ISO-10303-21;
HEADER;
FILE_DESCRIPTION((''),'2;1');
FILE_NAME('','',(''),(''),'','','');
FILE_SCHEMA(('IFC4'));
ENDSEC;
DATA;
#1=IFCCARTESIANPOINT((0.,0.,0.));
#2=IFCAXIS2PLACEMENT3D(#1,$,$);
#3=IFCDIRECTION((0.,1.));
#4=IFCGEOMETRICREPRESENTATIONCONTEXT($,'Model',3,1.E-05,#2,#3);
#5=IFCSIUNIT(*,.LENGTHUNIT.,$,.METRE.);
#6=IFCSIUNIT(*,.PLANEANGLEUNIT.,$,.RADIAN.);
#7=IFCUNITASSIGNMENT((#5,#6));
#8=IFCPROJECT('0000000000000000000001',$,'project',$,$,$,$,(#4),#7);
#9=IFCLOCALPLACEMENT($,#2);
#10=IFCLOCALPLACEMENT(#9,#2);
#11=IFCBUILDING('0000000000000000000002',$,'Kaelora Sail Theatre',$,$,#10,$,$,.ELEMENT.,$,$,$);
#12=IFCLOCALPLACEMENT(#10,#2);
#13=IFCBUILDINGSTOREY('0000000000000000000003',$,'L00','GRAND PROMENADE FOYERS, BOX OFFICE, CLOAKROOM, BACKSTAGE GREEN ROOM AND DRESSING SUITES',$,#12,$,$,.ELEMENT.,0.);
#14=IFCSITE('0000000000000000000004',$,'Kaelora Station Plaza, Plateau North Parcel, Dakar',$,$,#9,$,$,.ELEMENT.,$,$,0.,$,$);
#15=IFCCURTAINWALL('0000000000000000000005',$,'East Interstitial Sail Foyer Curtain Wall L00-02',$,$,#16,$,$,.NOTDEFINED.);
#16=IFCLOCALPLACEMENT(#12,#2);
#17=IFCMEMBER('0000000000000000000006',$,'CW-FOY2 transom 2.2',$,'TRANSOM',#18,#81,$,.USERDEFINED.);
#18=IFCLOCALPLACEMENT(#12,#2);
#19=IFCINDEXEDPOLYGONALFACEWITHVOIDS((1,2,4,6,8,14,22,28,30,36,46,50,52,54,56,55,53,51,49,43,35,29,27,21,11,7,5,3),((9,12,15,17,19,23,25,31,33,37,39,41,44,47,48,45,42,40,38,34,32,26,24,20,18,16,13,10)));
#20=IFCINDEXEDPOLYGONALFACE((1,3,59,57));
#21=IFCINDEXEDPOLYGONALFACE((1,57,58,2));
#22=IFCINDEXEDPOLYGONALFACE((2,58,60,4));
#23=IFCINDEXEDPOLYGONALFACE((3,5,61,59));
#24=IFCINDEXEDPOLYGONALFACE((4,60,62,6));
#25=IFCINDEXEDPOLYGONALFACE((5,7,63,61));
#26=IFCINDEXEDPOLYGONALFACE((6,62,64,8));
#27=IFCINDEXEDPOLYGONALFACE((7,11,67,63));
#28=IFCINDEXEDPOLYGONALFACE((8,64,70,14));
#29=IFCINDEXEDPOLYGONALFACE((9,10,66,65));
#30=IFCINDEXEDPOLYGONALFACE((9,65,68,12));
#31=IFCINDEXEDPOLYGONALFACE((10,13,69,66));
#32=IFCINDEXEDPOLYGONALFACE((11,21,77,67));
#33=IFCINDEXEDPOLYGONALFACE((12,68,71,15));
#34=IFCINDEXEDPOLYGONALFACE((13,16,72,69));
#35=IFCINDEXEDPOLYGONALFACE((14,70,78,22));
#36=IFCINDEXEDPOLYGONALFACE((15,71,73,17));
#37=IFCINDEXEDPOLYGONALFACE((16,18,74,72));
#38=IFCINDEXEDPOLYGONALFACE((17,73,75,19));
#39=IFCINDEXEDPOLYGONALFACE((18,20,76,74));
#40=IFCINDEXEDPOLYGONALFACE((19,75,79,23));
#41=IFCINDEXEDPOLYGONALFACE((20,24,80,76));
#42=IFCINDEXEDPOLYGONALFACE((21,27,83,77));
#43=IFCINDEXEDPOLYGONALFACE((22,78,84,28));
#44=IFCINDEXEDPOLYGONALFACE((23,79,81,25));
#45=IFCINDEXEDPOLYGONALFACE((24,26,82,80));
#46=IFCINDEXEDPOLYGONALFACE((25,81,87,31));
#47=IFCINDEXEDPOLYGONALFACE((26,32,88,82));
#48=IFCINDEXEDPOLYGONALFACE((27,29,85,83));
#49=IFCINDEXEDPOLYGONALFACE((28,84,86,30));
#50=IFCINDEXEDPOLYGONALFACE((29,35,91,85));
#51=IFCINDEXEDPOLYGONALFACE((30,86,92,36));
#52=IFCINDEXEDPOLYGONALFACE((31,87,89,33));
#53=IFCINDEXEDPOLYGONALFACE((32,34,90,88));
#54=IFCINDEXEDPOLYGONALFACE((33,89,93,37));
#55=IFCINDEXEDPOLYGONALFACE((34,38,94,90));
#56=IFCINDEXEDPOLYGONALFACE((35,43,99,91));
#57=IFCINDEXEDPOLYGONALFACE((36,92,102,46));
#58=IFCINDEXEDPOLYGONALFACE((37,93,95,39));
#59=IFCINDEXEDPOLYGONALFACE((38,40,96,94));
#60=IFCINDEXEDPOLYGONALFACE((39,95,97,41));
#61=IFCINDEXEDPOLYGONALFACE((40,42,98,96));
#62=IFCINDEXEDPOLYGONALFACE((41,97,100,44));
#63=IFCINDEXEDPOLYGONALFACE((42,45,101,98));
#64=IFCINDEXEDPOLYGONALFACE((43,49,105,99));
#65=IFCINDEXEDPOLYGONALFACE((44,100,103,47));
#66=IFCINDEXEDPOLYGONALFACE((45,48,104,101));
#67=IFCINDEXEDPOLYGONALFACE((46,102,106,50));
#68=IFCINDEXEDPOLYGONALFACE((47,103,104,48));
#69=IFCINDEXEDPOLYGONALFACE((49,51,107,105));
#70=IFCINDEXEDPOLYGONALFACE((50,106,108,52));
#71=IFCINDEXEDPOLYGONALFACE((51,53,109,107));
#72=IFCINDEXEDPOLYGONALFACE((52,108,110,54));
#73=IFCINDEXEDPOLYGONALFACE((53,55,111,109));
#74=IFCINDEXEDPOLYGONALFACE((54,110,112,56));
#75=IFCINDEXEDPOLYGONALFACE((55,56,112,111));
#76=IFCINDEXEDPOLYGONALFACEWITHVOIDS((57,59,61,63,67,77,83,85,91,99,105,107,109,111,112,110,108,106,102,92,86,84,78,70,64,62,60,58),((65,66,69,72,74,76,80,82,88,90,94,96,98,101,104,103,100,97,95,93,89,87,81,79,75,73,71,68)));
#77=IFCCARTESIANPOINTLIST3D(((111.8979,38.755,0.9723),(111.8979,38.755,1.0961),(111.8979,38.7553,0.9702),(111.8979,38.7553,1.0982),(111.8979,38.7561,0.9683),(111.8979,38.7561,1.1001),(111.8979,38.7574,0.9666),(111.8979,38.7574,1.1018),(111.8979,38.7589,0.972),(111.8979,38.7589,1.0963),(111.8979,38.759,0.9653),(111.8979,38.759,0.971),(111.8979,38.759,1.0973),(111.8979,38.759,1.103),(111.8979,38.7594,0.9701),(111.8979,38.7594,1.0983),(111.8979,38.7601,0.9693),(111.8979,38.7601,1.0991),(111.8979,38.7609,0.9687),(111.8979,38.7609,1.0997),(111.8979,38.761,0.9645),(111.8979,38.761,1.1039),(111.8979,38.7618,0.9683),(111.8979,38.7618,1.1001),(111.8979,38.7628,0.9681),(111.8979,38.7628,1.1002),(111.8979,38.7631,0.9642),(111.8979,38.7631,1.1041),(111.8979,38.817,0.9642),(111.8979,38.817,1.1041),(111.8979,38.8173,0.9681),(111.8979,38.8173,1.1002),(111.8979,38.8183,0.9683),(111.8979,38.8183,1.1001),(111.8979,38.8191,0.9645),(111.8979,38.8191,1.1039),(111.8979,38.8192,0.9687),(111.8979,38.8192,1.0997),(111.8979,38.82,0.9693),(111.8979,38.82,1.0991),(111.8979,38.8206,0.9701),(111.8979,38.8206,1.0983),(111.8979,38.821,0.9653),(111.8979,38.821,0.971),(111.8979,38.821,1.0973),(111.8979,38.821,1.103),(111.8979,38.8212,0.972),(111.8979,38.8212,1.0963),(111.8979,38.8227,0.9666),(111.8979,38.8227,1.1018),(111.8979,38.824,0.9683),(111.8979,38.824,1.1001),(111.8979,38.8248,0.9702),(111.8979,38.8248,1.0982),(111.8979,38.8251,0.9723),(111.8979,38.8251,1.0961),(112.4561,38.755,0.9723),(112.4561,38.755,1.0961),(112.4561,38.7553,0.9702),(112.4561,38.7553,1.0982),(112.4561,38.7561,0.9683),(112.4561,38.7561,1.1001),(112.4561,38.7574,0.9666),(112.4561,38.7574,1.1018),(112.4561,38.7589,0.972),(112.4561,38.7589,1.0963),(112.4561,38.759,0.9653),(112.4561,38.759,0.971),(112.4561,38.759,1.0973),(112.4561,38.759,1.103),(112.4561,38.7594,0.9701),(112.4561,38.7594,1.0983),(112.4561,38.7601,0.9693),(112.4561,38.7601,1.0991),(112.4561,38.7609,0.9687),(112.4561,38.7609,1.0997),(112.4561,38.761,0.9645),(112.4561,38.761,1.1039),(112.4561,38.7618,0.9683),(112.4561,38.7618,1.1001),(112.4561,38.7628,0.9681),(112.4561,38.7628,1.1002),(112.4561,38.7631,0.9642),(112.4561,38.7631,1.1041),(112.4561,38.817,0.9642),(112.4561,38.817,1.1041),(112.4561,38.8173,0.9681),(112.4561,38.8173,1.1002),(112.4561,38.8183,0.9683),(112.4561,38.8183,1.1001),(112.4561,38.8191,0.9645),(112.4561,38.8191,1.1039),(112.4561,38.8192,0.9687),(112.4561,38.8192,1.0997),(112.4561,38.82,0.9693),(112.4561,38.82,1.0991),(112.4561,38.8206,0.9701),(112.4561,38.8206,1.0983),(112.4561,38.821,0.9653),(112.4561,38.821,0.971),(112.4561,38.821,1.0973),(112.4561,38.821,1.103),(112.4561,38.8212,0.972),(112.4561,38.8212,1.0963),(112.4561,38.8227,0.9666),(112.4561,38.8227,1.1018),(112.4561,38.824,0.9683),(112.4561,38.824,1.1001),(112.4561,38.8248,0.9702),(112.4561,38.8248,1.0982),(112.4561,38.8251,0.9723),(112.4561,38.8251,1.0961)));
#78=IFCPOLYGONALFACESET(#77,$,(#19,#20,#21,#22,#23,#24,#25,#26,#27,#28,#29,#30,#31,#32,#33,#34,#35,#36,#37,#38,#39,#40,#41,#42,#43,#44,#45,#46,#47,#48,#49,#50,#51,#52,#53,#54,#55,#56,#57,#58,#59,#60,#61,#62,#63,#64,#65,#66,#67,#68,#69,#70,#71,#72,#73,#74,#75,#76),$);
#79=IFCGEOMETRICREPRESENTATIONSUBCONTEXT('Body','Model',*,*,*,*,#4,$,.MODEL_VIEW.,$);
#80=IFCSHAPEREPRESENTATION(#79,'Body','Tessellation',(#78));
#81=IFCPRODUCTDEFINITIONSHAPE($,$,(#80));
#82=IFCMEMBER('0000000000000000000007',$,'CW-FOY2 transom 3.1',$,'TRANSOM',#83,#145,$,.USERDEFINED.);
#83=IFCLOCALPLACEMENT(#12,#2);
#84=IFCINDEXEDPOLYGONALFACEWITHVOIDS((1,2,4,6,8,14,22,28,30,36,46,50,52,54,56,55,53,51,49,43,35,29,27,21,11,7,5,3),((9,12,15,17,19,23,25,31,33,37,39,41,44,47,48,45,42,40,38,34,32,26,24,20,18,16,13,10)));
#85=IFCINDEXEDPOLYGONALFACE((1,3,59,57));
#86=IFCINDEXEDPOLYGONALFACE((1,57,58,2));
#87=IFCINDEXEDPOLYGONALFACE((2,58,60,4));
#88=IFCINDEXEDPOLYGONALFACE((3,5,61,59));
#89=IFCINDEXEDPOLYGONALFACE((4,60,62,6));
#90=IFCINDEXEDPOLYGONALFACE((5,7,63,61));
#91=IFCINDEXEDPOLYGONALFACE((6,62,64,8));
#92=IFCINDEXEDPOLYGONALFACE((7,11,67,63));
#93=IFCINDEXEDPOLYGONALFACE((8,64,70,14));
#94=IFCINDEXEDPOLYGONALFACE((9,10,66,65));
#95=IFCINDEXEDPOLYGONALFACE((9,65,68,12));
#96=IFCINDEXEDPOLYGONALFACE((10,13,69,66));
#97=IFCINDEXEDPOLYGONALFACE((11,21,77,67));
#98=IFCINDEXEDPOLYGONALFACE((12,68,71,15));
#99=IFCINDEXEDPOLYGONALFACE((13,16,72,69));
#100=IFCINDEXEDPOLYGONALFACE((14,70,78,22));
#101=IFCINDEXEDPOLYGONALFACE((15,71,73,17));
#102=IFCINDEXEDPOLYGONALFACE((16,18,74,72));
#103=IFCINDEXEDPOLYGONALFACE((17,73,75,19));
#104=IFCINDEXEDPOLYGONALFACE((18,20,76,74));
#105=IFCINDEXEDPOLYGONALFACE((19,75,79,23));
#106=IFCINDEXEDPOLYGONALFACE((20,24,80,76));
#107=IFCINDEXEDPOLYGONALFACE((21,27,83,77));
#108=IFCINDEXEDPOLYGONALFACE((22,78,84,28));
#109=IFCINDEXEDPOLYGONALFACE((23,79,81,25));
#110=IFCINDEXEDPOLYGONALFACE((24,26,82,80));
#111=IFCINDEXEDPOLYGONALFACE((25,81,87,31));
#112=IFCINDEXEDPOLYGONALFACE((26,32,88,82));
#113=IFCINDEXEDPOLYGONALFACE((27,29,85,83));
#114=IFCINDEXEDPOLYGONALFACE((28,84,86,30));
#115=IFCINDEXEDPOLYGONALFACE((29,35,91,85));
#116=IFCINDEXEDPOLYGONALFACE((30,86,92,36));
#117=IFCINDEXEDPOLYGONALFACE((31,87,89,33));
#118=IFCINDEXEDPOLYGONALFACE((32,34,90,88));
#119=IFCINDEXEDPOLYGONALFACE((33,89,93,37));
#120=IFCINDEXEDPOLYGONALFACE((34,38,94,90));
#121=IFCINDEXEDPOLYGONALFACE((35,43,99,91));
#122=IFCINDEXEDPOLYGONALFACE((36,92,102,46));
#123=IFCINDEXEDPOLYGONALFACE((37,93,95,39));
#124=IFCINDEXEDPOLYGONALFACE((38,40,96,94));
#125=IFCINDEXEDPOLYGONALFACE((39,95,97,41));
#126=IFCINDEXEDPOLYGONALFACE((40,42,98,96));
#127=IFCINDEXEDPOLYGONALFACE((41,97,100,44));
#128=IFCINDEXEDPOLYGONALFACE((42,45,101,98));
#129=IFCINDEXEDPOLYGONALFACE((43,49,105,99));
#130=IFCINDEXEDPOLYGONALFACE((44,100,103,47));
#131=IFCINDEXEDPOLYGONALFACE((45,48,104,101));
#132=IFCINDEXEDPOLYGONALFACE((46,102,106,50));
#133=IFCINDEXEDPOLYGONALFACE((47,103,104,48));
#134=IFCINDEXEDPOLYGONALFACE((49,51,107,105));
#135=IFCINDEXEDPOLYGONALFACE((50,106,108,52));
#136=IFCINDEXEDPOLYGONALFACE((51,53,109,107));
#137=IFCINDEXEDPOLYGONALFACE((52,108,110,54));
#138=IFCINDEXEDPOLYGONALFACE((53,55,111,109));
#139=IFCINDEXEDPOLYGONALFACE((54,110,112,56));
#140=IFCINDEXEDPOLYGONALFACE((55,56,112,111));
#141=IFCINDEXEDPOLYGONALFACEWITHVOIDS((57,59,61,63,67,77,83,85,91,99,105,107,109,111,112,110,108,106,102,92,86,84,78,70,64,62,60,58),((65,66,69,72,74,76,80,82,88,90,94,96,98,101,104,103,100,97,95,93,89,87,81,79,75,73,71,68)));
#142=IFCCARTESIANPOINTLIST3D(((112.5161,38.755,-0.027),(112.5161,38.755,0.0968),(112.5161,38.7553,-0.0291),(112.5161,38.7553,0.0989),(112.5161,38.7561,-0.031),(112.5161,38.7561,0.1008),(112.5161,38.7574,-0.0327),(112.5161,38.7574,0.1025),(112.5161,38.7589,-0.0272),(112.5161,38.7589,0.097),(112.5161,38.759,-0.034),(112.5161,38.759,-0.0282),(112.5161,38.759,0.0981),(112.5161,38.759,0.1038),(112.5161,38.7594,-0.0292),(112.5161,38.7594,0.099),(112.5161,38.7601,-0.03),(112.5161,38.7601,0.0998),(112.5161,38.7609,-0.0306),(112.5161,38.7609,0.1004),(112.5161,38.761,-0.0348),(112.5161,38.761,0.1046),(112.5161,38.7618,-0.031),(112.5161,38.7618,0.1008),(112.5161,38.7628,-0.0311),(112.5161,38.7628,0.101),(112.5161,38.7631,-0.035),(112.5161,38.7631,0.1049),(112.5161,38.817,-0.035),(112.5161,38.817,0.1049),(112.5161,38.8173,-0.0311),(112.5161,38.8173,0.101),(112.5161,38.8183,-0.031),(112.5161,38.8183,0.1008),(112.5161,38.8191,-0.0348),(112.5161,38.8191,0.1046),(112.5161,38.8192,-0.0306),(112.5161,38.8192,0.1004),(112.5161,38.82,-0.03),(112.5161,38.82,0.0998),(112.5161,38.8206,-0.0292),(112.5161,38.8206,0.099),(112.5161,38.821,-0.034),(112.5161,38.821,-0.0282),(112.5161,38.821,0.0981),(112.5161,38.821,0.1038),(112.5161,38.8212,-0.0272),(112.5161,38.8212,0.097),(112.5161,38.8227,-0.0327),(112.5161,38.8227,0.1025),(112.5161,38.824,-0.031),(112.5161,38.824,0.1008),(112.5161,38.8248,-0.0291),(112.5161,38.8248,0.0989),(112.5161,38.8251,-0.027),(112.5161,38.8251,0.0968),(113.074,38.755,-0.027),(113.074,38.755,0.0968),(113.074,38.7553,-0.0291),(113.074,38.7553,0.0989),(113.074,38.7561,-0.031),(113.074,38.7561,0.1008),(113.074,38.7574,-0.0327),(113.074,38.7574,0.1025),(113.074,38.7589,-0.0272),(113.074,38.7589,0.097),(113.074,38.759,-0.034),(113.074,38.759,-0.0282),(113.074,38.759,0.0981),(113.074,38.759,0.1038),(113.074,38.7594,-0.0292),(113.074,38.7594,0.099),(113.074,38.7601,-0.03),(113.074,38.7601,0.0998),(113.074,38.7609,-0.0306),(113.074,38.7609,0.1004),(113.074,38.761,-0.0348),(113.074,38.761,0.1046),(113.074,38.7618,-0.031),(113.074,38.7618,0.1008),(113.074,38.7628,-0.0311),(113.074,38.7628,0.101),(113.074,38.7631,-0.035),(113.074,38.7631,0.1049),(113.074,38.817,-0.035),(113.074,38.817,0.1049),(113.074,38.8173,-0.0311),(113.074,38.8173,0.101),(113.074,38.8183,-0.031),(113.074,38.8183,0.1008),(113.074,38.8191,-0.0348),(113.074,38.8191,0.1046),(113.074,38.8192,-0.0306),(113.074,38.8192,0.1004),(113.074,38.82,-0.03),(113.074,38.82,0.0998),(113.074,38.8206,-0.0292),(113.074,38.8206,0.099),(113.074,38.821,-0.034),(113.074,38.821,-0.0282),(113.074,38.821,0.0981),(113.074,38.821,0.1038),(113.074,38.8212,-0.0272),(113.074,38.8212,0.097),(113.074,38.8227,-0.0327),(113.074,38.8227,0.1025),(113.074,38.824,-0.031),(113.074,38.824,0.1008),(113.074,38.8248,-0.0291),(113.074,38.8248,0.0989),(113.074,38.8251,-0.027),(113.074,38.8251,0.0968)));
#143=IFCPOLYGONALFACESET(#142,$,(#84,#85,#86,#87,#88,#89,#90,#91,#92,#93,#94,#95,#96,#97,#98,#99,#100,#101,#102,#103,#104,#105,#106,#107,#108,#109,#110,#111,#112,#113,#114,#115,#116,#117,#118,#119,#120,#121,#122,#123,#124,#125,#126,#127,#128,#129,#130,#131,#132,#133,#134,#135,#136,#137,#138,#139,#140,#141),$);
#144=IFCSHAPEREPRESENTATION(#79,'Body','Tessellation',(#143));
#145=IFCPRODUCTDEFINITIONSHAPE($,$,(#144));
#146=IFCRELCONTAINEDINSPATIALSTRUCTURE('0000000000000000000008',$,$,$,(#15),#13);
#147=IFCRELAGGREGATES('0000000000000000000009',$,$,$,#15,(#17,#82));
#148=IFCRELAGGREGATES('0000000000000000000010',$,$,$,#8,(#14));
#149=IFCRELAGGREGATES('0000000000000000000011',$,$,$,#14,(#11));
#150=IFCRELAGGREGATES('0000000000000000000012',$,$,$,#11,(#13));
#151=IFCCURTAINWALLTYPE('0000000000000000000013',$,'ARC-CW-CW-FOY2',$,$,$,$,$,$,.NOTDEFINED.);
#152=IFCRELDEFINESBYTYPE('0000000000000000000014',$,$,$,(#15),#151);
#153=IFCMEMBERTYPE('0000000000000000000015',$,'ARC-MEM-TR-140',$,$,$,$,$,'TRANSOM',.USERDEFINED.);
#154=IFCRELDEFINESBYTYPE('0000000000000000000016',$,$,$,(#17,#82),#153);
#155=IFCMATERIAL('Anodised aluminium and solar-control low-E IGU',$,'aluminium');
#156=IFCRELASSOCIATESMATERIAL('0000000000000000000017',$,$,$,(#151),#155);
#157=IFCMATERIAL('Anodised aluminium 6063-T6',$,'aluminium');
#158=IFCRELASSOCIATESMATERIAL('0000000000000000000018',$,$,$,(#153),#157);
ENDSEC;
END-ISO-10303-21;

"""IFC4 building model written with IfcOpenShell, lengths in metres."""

from ifc_helpers import new_model, si_unit, direction, frame, origin, origin_2d, place, context, subcontext, project, spatial, hollow_rectangle, extrude, material, material_profile, profile_set, type_object, element, aggregate, save


model = new_model("IFC4")

# Units and contexts
model_context = context("Model", 3, precision=1e-05, world=origin(), true_north=direction((0.0, 1.0)))
body_context = subcontext(model_context, "Body", "Model", "MODEL_VIEW")
ifc_project = project(units=[si_unit("LENGTHUNIT", "METRE"), si_unit("PLANEANGLEUNIT", "RADIAN")], contexts=[model_context])

# Site, building, storey
site_placement = place(None, origin())
site = spatial("IfcSite", under=ifc_project, at=site_placement, Name="Kaelora Station Plaza, Plateau North Parcel, Dakar", CompositionType="ELEMENT", RefElevation=0.0)
building_placement = place(site_placement, origin())
building = spatial("IfcBuilding", under=site, at=building_placement, Name="Kaelora Sail Theatre", CompositionType="ELEMENT")
storey_placement = place(building_placement, origin())
storey = spatial("IfcBuildingStorey", under=building, at=storey_placement, Name="L00", Description="GRAND PROMENADE FOYERS, BOX OFFICE, CLOAKROOM, BACKSTAGE GREEN ROOM AND DRESSING SUITES", CompositionType="ELEMENT", Elevation=0.0)

# Curtain wall
ifc_material_1 = material(Name="Anodised aluminium and solar-control low-E IGU", Category="aluminium")
curtain_wall_type = type_object("IfcCurtainWallType", Name="ARC-CW-CW-FOY2", PredefinedType="NOTDEFINED", material=ifc_material_1)
curtain_wall_1_placement = place(storey_placement, origin())
curtain_wall_1 = element("IfcCurtainWall", 1, at=curtain_wall_1_placement, inside=storey, type_object=curtain_wall_type, Name="East Interstitial Sail Foyer Curtain Wall L00-02", PredefinedType="NOTDEFINED")

# Members
ifc_material_2 = material(Name="Anodised aluminium 6063-T6", Category="aluminium")
ifc_material_profile_1 = material_profile(ifc_material_2, hollow_rectangle(XDim=0.0701, YDim=0.1399, WallThickness=0.0039, InnerFilletRadius=0.0039, OuterFilletRadius=0.0081, at=origin_2d()), Name="ALU-TRAN 70x140x4")
ifc_profile_set_1 = profile_set([ifc_material_profile_1], Name="Anodised aluminium 6063-T6")
member_type_1 = type_object("IfcMemberType", Name="ARC-MEM-TR-140", ElementType="TRANSOM", PredefinedType="USERDEFINED", material=ifc_profile_set_1)
member_1_placement = place(storey_placement, frame((111.8979, 38.79, 1.0342), z_axis=(1.0, 0.0, 0.0), x_axis=(0.0, 1.0, 0.0)))
member_1 = element("IfcMember", 2, at=member_1_placement, type_object=member_type_1, Name="CW-FOY2 transom 2.2", ObjectType="TRANSOM", PredefinedType="USERDEFINED", context=body_context, shape_type="SweptSolid", body=[
    extrude(hollow_rectangle(XDim=0.0701, YDim=0.1399, WallThickness=0.0039, InnerFilletRadius=0.0039, OuterFilletRadius=0.0081, at=origin_2d()), origin(), (0.0, 0.0, 1.0), 0.5581),
])
member_2_placement = place(storey_placement, frame((112.5161, 38.79, 0.0349), z_axis=(1.0, 0.0, 0.0), x_axis=(0.0, 1.0, 0.0)))
member_2 = element("IfcMember", 3, at=member_2_placement, type_object=member_type_1, Name="CW-FOY2 transom 3.1", ObjectType="TRANSOM", PredefinedType="USERDEFINED", context=body_context, shape_type="SweptSolid", body=[
    extrude(hollow_rectangle(XDim=0.0701, YDim=0.1399, WallThickness=0.0039, InnerFilletRadius=0.0039, OuterFilletRadius=0.0081, at=origin_2d()), origin(), (0.0, 0.0, 1.0), 0.5579),
])

aggregate(curtain_wall_1, [member_1, member_2])

save(model, "model.ifc")
